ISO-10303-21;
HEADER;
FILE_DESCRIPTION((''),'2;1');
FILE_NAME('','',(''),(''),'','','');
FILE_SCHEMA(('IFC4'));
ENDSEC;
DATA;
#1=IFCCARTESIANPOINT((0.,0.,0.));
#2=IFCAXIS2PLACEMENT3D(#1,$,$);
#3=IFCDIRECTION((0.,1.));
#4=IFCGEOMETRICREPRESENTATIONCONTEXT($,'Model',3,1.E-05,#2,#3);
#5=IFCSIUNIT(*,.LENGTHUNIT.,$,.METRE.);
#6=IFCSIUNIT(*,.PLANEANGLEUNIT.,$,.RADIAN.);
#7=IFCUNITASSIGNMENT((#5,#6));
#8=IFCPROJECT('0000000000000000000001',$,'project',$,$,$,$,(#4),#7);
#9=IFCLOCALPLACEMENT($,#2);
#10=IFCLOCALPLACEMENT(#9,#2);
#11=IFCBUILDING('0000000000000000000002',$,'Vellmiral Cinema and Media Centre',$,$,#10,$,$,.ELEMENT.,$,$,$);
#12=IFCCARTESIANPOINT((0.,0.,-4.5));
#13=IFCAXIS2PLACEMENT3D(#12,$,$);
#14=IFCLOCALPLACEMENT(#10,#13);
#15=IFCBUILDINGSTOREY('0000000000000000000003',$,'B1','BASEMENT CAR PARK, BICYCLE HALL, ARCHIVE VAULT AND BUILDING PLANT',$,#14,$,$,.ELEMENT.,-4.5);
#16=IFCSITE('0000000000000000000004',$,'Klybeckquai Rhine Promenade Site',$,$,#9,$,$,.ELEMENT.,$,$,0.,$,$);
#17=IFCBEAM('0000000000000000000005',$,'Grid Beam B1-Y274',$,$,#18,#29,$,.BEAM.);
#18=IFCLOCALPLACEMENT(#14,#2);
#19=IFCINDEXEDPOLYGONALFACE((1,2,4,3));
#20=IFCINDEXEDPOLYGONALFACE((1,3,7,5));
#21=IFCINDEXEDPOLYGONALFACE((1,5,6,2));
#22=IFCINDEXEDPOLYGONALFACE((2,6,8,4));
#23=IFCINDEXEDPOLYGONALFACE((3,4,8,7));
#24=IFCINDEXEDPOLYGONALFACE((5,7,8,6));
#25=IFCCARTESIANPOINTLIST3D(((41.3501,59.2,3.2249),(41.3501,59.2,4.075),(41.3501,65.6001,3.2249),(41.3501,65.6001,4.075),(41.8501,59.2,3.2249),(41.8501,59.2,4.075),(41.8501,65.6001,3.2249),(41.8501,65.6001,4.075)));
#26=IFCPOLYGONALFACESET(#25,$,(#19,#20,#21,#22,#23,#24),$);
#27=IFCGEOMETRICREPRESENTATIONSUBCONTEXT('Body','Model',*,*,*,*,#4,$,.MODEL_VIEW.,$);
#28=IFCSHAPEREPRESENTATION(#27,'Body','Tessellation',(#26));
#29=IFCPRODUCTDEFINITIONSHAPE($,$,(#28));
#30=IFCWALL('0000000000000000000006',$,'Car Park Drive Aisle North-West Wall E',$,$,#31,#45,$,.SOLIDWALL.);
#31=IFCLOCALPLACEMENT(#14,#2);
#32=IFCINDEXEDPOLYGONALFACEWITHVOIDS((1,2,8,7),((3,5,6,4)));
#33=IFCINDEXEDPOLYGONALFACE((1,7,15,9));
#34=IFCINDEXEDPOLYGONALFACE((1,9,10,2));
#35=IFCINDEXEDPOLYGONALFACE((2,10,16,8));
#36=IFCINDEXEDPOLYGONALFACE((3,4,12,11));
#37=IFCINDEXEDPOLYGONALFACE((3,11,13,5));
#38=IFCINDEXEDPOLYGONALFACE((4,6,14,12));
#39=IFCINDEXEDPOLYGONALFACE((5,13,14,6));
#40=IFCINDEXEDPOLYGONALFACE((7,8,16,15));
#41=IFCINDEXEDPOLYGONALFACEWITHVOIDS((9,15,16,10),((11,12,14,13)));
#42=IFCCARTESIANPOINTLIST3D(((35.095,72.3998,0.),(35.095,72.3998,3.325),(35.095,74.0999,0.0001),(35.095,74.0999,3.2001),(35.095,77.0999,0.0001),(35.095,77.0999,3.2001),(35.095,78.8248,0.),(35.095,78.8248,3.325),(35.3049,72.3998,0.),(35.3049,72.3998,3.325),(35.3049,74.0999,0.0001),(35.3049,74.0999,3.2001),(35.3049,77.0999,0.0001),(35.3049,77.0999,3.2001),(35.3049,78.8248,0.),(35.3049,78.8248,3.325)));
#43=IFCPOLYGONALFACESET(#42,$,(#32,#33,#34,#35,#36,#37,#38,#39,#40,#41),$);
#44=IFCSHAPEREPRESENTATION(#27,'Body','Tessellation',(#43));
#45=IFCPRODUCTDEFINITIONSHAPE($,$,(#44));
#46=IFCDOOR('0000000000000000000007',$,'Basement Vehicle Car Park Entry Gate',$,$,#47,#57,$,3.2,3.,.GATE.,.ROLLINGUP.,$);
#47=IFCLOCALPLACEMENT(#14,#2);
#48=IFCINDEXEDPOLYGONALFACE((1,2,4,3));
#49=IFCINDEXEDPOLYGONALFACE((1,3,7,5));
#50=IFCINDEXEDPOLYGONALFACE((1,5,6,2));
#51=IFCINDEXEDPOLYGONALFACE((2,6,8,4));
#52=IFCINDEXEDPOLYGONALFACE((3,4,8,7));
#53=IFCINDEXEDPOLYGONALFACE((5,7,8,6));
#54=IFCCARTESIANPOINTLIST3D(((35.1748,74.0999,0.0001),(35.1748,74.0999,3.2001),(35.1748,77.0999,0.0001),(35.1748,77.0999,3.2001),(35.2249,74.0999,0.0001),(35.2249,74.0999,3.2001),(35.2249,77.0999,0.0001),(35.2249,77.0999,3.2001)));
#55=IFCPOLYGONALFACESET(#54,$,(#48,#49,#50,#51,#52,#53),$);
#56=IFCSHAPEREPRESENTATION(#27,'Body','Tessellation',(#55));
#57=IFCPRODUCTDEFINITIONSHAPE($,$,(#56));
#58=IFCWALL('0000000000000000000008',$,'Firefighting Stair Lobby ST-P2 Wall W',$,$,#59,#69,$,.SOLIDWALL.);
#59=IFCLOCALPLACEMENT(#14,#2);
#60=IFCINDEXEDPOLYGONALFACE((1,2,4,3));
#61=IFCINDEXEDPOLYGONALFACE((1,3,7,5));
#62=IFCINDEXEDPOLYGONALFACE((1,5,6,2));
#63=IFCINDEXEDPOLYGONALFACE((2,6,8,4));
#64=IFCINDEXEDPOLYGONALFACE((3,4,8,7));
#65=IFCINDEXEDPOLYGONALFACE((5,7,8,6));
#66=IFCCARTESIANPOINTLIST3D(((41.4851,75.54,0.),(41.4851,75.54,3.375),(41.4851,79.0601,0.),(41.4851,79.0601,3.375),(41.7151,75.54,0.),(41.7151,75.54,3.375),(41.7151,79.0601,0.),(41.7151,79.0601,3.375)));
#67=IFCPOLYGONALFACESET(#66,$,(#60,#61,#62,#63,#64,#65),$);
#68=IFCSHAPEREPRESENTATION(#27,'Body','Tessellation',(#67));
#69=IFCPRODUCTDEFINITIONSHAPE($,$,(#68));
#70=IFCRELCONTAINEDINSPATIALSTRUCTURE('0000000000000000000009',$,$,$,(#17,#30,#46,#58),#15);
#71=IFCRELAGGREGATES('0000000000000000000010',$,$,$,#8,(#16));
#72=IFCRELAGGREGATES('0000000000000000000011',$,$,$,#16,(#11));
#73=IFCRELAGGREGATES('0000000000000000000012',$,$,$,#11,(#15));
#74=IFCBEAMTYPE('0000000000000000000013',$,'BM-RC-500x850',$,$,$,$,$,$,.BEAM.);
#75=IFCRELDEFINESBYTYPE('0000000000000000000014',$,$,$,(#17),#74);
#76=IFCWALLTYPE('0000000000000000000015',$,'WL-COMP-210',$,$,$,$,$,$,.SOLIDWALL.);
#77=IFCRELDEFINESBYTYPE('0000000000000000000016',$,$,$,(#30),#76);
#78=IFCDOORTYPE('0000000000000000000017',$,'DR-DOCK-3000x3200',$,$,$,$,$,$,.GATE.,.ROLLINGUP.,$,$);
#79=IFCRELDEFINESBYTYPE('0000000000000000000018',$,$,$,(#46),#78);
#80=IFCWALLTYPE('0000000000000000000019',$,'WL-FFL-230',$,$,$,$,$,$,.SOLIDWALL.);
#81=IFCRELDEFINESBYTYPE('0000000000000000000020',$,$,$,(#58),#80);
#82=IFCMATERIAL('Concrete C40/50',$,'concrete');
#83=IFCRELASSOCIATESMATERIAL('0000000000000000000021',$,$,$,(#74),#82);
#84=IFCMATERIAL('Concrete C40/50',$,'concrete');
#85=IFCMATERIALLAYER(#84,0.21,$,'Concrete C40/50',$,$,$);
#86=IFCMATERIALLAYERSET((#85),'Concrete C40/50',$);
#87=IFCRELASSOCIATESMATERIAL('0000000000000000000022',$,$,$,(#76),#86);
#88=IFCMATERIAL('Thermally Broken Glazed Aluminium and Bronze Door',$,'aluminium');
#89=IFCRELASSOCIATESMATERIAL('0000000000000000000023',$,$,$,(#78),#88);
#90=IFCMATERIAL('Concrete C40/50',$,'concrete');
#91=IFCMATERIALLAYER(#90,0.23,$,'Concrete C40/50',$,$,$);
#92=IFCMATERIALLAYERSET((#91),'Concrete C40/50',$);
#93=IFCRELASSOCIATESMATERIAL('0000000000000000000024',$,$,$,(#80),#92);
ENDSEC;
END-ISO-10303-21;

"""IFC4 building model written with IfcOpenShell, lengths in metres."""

from ifc_helpers import new_model, si_unit, direction, frame, frame_2d, origin, origin_2d, place, context, subcontext, project, spatial, rectangle, extrude, material, layer, layer_set, material_profile, profile_set, type_object, element, fill, save


model = new_model("IFC4")

# Units and contexts
model_context = context("Model", 3, precision=1e-05, world=origin(), true_north=direction((0.0, 1.0)))
body_context = subcontext(model_context, "Body", "Model", "MODEL_VIEW")
ifc_project = project(units=[si_unit("LENGTHUNIT", "METRE"), si_unit("PLANEANGLEUNIT", "RADIAN")], contexts=[model_context])

# Site, building, storey
site_placement = place(None, origin())
site = spatial("IfcSite", under=ifc_project, at=site_placement, Name="Klybeckquai Rhine Promenade Site", CompositionType="ELEMENT", RefElevation=0.0)
building_placement = place(site_placement, origin())
building = spatial("IfcBuilding", under=site, at=building_placement, Name="Vellmiral Cinema and Media Centre", CompositionType="ELEMENT")
storey_placement = place(building_placement, frame((0.0, 0.0, -4.5)))
storey = spatial("IfcBuildingStorey", under=building, at=storey_placement, Name="B1", Description="BASEMENT CAR PARK, BICYCLE HALL, ARCHIVE VAULT AND BUILDING PLANT", CompositionType="ELEMENT", Elevation=-4.5)

# Beam
ifc_material_1 = material(Name="Concrete C40/50", Category="concrete")
ifc_material_profile_1 = material_profile(ifc_material_1, rectangle(XDim=0.5, YDim=0.8501, at=origin_2d()), Name="RC 500x850")
ifc_profile_set_1 = profile_set([ifc_material_profile_1], Name="Concrete C40/50")
beam_type_1 = type_object("IfcBeamType", Name="BM-RC-500x850", PredefinedType="BEAM", material=ifc_profile_set_1)
beam_1_placement = place(storey_placement, frame((41.6001, 59.2, 3.6499), z_axis=(0.0, 1.0, 0.0), x_axis=(-1.0, 0.0, 0.0)))
element("IfcBeam", 1, at=beam_1_placement, inside=storey, type_object=beam_type_1, Name="Grid Beam B1-Y274", PredefinedType="BEAM", context=body_context, shape_type="SweptSolid", body=[
    extrude(rectangle(XDim=0.5, YDim=0.8501, at=origin_2d()), origin(), (0.0, 0.0, 1.0), 6.4001),
])

# Wall, opening, door
ifc_material_2 = material(Name="Concrete C40/50", Category="concrete")
ifc_layer_1 = layer(ifc_material_2, 0.21, Name="Concrete C40/50")
ifc_layer_set_1 = layer_set([ifc_layer_1], Name="Concrete C40/50")
wall_type_1 = type_object("IfcWallType", Name="WL-COMP-210", PredefinedType="SOLIDWALL", material=ifc_layer_set_1)
wall_1_placement = place(storey_placement, frame((35.2, 72.3999, 0.0), z_axis=(0.0, 0.0, 1.0), x_axis=(0.0, 1.0, 0.0)))
wall_1 = element("IfcWall", 2, at=wall_1_placement, inside=storey, type_object=wall_type_1, Name="Car Park Drive Aisle North-West Wall E", PredefinedType="SOLIDWALL", context=body_context, shape_type="SweptSolid", body=[
    extrude(rectangle(XDim=6.425, YDim=0.21, at=frame_2d((3.2124, 0.0))), origin(), (0.0, 0.0, 1.0), 3.325),
])
opening_placement = place(wall_1_placement, frame((1.7, 0.0, 0.0)))
opening = element("IfcOpeningElement", 3, at=opening_placement, cuts=wall_1, PredefinedType="OPENING", context=body_context, shape_type="SweptSolid", body=[
    extrude(rectangle(XDim=3.0, YDim=3.2, at=frame_2d((1.5, 1.6001))), frame((0.0, 0.1169, 0.0), z_axis=(0.0, -1.0, 0.0), x_axis=(1.0, 0.0, 0.0)), (0.0, 0.0, 1.0), 0.2339),
])
ifc_material_3 = material(Name="Thermally Broken Glazed Aluminium and Bronze Door", Category="aluminium")
door_type = type_object("IfcDoorType", Name="DR-DOCK-3000x3200", OperationType="ROLLINGUP", PredefinedType="GATE", material=ifc_material_3)
door_placement = place(opening_placement, frame((3.0, 0.0, 0.0), z_axis=(0.0, 0.0, 1.0), x_axis=(-1.0, 0.0, 0.0)))
door = element("IfcDoor", 4, at=door_placement, inside=storey, type_object=door_type, Name="Basement Vehicle Car Park Entry Gate", OperationType="ROLLINGUP", OverallHeight=3.2, OverallWidth=3.0, PredefinedType="GATE", context=body_context, shape_type="SweptSolid", body=[
    extrude(rectangle(XDim=3.0, YDim=3.2, at=frame_2d((1.5, 1.6001))), frame((0.0, 0.0249, 0.0), z_axis=(0.0, -1.0, 0.0), x_axis=(1.0, 0.0, 0.0)), (0.0, 0.0, 1.0), 0.05),
])
fill(opening, door)

# Wall
ifc_material_4 = material(Name="Concrete C40/50", Category="concrete")
ifc_layer_2 = layer(ifc_material_4, 0.23, Name="Concrete C40/50")
ifc_layer_set_2 = layer_set([ifc_layer_2], Name="Concrete C40/50")
wall_type_2 = type_object("IfcWallType", Name="WL-FFL-230", PredefinedType="SOLIDWALL", material=ifc_layer_set_2)
wall_2_placement = place(storey_placement, frame((41.6001, 75.54, 0.0), z_axis=(0.0, 0.0, 1.0), x_axis=(0.0, 1.0, 0.0)))
element("IfcWall", 5, at=wall_2_placement, inside=storey, type_object=wall_type_2, Name="Firefighting Stair Lobby ST-P2 Wall W", PredefinedType="SOLIDWALL", context=body_context, shape_type="SweptSolid", body=[
    extrude(rectangle(XDim=3.52, YDim=0.23, at=frame_2d((1.76, 0.0))), origin(), (0.0, 0.0, 1.0), 3.375),
])

save(model, "model.ifc")
